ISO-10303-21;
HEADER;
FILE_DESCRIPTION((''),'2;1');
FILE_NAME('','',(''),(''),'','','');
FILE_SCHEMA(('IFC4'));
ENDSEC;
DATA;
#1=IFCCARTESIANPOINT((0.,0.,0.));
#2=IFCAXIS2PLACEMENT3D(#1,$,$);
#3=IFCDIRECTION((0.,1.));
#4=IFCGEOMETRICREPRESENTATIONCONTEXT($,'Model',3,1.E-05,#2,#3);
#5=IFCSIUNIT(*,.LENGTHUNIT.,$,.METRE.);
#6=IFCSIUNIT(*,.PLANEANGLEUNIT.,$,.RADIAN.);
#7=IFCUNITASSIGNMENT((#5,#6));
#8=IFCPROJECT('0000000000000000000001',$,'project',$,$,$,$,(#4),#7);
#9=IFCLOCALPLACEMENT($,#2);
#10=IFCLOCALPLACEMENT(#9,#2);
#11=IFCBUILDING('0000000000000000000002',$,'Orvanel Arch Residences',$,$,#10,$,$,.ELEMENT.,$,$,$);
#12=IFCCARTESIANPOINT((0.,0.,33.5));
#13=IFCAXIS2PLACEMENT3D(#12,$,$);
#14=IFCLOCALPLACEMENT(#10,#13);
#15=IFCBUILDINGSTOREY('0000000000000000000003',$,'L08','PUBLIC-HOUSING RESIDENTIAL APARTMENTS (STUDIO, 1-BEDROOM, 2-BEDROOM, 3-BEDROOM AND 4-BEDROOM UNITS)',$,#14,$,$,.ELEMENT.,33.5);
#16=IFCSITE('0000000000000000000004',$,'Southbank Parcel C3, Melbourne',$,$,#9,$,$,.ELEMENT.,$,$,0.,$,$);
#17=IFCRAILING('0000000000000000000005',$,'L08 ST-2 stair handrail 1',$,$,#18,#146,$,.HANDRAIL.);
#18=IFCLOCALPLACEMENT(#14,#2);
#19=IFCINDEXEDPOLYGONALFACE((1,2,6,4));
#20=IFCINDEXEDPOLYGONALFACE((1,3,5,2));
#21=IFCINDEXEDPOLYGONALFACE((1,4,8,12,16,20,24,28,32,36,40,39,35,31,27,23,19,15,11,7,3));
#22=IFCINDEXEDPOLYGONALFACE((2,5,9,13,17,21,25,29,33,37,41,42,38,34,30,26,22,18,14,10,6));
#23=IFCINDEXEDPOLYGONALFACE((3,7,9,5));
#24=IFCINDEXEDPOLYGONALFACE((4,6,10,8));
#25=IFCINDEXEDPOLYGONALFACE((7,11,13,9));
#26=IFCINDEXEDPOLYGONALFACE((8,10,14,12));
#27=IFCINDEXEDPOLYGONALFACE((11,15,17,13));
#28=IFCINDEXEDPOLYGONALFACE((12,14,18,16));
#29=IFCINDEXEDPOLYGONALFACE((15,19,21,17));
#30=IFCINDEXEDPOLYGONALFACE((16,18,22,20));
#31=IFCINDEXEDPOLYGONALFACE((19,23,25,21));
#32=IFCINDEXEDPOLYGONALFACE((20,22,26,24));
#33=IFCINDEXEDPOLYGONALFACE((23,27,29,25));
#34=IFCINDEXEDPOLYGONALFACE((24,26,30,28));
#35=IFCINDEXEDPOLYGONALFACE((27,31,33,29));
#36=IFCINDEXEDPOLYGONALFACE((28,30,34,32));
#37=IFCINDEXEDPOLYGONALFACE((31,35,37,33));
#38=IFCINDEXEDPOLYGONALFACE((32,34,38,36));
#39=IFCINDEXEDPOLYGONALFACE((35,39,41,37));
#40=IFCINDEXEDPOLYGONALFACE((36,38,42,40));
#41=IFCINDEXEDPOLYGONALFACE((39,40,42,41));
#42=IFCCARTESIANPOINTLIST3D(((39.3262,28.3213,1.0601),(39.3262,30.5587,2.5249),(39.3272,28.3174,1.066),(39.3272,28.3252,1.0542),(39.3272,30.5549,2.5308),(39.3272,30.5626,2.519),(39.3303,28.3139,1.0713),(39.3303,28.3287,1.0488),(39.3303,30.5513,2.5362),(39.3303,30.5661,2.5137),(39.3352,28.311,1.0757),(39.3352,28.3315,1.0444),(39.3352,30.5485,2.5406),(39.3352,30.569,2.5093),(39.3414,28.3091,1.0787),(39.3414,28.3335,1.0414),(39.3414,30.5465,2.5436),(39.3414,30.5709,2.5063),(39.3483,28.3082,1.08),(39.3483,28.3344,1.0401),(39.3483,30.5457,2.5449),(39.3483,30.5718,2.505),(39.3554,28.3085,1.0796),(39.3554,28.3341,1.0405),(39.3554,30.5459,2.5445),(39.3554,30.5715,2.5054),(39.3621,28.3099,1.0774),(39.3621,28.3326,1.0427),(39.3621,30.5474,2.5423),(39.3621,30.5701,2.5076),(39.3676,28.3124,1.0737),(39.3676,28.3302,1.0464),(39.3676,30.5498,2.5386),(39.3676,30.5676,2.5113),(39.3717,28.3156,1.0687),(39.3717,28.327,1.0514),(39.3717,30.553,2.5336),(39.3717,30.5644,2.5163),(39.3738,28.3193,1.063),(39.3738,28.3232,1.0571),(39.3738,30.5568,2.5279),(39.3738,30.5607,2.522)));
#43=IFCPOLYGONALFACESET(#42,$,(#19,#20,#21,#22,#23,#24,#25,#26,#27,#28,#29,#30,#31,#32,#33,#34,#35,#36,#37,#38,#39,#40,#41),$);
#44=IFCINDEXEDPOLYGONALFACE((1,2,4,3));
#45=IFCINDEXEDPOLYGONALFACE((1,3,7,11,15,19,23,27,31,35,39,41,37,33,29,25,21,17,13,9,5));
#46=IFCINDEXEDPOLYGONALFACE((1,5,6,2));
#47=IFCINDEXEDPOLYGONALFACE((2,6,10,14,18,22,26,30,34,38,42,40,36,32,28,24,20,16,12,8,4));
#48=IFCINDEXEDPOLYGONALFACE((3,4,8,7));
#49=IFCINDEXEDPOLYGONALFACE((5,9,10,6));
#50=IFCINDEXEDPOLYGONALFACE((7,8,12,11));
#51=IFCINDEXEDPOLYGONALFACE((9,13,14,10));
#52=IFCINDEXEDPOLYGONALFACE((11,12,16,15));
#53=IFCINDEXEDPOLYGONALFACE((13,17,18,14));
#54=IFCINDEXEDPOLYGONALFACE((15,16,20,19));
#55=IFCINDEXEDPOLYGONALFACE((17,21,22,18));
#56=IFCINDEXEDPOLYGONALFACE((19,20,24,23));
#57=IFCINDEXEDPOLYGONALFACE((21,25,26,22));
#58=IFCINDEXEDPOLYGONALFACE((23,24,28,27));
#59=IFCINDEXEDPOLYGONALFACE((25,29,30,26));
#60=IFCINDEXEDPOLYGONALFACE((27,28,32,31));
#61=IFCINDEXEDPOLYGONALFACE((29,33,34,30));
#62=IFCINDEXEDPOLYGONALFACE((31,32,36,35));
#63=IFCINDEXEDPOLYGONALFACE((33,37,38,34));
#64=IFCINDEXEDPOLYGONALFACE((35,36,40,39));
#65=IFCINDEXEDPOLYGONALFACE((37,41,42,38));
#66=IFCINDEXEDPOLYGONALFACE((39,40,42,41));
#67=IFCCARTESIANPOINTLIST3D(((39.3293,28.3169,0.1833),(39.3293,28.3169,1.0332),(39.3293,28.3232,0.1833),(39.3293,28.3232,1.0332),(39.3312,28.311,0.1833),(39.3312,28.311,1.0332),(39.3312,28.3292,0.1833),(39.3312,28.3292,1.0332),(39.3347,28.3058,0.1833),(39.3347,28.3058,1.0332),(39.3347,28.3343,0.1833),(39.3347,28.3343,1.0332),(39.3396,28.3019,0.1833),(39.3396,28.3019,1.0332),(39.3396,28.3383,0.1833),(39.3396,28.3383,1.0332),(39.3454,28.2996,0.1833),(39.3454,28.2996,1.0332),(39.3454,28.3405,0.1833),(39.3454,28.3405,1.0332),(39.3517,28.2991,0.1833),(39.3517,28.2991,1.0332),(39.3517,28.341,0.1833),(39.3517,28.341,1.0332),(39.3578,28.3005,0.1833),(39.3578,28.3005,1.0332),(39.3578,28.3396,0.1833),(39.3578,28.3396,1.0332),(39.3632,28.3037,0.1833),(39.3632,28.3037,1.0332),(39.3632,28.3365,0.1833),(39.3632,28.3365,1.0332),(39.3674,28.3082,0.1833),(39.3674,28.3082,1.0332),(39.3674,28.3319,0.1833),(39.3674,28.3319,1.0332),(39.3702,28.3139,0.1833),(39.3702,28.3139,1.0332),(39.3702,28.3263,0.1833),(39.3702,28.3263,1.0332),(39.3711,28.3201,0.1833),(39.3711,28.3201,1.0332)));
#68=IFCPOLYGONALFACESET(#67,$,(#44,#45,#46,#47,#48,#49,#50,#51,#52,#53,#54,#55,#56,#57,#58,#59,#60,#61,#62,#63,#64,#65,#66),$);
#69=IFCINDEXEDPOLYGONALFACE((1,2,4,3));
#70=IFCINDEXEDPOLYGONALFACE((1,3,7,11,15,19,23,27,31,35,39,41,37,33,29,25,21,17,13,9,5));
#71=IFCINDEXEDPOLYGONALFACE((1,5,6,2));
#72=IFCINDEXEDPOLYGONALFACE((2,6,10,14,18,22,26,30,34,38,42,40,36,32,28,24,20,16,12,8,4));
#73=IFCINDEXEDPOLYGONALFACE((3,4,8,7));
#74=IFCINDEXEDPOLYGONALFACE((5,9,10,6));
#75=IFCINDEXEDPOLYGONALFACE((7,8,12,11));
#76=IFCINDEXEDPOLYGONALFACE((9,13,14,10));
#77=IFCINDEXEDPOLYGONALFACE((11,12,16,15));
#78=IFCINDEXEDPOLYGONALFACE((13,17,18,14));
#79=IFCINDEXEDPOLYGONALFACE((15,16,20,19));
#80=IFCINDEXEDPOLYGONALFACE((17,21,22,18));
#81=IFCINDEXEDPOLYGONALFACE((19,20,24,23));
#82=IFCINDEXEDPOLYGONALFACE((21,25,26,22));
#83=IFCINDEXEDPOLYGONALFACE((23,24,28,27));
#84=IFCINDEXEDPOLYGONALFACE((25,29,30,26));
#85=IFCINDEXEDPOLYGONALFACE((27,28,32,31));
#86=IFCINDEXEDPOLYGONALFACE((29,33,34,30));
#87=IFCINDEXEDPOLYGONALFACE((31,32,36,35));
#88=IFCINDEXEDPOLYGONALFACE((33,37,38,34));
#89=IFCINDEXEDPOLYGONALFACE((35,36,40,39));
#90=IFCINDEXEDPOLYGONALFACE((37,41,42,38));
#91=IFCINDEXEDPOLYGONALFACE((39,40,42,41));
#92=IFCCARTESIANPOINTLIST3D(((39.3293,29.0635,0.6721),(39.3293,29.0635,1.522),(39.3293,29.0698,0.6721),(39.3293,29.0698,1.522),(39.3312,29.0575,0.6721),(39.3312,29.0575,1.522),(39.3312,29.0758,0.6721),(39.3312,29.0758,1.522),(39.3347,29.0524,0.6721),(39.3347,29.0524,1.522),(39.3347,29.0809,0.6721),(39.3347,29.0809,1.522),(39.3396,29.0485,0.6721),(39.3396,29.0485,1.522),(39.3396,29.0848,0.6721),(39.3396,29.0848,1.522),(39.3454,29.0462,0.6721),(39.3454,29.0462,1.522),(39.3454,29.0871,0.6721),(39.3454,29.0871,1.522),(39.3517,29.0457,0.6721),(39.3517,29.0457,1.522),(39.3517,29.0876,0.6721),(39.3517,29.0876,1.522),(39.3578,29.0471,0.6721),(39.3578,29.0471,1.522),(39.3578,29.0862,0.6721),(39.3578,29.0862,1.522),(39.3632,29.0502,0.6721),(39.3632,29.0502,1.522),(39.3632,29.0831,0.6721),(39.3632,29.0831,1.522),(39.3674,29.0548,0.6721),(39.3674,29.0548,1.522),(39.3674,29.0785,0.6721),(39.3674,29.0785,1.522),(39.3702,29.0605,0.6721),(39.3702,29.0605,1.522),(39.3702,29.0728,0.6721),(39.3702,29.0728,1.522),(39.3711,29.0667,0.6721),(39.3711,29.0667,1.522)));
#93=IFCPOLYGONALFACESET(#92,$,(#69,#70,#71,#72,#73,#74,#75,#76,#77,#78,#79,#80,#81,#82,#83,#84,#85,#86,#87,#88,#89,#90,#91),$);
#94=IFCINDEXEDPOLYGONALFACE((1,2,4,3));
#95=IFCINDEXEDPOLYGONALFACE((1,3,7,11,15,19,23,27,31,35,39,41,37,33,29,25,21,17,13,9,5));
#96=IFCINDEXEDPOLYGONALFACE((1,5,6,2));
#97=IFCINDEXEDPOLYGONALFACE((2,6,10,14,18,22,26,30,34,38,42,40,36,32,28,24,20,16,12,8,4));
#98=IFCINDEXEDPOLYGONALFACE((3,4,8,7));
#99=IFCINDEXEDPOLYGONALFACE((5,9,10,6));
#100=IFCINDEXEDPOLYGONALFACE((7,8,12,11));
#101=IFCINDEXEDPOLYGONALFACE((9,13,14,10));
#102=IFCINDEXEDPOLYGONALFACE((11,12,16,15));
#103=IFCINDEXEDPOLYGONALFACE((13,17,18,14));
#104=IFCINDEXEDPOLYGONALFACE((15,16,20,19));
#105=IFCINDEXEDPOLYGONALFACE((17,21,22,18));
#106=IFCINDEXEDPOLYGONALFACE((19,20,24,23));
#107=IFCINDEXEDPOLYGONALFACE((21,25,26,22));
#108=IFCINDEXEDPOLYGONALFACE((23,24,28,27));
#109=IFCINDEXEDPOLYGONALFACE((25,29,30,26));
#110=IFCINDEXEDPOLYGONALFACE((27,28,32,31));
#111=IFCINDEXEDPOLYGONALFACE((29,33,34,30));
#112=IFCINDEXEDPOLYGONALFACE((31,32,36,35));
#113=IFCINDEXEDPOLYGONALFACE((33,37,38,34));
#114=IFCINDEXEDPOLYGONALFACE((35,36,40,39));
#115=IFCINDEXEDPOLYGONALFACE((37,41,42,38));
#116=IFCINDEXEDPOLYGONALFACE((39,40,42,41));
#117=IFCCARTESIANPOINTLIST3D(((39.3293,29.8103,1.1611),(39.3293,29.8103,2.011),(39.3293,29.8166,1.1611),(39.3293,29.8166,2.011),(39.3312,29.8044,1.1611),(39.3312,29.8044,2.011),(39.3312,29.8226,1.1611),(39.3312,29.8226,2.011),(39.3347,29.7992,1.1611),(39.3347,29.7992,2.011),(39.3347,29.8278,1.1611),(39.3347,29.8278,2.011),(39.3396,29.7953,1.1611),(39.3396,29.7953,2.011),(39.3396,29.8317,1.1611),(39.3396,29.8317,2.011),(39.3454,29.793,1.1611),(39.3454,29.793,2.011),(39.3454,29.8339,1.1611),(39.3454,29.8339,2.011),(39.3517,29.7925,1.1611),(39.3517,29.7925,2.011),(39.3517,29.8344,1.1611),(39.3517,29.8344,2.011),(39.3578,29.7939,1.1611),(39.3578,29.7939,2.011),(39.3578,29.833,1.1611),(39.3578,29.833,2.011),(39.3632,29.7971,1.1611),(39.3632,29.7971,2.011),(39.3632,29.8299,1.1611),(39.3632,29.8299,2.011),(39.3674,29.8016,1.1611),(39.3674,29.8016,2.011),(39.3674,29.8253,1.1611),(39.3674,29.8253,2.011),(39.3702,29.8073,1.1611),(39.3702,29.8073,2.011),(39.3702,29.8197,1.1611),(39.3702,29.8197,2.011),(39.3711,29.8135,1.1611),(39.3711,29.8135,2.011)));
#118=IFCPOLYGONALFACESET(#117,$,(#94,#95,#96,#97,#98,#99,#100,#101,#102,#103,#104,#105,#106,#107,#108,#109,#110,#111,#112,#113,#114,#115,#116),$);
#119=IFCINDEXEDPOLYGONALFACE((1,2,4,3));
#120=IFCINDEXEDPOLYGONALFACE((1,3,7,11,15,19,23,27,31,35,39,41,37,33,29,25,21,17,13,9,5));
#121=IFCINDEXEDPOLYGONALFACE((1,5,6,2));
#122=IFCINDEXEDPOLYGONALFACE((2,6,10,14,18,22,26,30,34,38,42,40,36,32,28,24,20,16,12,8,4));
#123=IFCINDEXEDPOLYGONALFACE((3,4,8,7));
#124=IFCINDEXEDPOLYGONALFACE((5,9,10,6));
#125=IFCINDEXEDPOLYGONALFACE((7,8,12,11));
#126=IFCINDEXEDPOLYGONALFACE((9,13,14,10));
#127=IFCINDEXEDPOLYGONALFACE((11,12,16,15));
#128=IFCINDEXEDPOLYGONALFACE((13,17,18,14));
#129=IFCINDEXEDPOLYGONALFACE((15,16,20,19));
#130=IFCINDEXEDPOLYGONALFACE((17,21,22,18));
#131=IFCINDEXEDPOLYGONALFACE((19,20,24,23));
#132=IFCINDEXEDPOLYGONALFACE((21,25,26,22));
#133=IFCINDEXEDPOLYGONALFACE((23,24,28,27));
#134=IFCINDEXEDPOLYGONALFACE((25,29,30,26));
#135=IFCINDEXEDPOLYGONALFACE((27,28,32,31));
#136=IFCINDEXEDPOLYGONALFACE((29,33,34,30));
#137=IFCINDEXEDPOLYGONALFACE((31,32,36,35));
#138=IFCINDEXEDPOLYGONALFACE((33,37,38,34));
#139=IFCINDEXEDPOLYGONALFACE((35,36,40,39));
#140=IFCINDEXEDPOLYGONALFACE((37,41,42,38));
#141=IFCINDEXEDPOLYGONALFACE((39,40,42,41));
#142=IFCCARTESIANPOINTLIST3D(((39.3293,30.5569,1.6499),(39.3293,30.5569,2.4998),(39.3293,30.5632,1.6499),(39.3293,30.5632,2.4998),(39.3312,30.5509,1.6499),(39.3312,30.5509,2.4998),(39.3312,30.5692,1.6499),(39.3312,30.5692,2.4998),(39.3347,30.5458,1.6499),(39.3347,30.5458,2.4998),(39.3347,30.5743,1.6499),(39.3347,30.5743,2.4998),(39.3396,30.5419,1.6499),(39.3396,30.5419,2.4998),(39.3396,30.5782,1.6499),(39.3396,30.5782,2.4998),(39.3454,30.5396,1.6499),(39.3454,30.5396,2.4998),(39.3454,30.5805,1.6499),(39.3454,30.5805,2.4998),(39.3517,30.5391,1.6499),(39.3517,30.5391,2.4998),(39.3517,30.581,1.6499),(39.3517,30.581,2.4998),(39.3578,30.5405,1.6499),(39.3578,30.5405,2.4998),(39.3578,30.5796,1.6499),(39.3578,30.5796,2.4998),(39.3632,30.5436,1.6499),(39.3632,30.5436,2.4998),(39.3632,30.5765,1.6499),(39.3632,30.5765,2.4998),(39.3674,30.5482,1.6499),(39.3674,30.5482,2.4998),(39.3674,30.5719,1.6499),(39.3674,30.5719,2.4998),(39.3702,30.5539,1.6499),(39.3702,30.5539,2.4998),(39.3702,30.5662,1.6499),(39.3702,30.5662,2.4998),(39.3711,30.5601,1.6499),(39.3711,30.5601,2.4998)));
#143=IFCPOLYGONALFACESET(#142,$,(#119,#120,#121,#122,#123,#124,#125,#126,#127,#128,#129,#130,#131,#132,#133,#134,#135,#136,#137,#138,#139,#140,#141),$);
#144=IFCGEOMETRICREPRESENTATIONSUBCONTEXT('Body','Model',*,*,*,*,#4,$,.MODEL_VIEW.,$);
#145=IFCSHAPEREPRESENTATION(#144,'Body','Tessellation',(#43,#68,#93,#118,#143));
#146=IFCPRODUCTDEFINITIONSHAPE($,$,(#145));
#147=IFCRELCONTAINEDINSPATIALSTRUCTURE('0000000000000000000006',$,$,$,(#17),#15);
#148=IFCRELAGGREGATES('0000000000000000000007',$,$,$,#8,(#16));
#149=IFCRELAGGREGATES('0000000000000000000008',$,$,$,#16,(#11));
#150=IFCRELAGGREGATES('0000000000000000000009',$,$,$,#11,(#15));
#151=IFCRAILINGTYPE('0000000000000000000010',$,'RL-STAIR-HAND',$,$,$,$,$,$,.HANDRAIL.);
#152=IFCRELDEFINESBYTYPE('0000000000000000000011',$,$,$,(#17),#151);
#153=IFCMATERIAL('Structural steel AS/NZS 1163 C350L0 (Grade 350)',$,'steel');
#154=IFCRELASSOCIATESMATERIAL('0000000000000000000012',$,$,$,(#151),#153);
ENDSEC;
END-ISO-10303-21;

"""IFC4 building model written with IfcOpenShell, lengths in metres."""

from ifc_helpers import new_model, si_unit, direction, frame, origin, origin_2d, place, context, subcontext, project, spatial, circle, extrude, material, type_object, element, save


model = new_model("IFC4")

# Units and contexts
model_context = context("Model", 3, precision=1e-05, world=origin(), true_north=direction((0.0, 1.0)))
body_context = subcontext(model_context, "Body", "Model", "MODEL_VIEW")
ifc_project = project(units=[si_unit("LENGTHUNIT", "METRE"), si_unit("PLANEANGLEUNIT", "RADIAN")], contexts=[model_context])

# Site, building, storey
site_placement = place(None, origin())
site = spatial("IfcSite", under=ifc_project, at=site_placement, Name="Southbank Parcel C3, Melbourne", CompositionType="ELEMENT", RefElevation=0.0)
building_placement = place(site_placement, origin())
building = spatial("IfcBuilding", under=site, at=building_placement, Name="Orvanel Arch Residences", CompositionType="ELEMENT")
storey_placement = place(building_placement, frame((0.0, 0.0, 33.5)))
storey = spatial("IfcBuildingStorey", under=building, at=storey_placement, Name="L08", Description="PUBLIC-HOUSING RESIDENTIAL APARTMENTS (STUDIO, 1-BEDROOM, 2-BEDROOM, 3-BEDROOM AND 4-BEDROOM UNITS)", CompositionType="ELEMENT", Elevation=33.5)

# Railing
ifc_material_1 = material(Name="Structural steel AS/NZS 1163 C350L0 (Grade 350)", Category="steel")
railing_type_1 = type_object("IfcRailingType", Name="RL-STAIR-HAND", PredefinedType="HANDRAIL", material=ifc_material_1)
railing_1_placement = place(storey_placement, frame((39.3501, 28.3201, 0.1833)))
element("IfcRailing", 1, at=railing_1_placement, inside=storey, type_object=railing_type_1, Name="L08 ST-2 stair handrail 1", PredefinedType="HANDRAIL", context=body_context, shape_type="SweptSolid", body=[
    extrude(circle(Radius=0.0239, at=origin_2d()), frame((0.0, 0.0012, 0.8767), z_axis=(0.0, 0.836637, 0.547758), x_axis=(-1.0, 0.0, 0.0)), (0.0, 0.0, 1.0), 2.6743),
    extrude(circle(Radius=0.021, at=origin_2d()), origin(), (0.0, 0.0, 1.0), 0.8499),
    extrude(circle(Radius=0.021, at=origin_2d()), frame((0.0, 0.7466, 0.4888)), (0.0, 0.0, 1.0), 0.8499),
    extrude(circle(Radius=0.021, at=origin_2d()), frame((0.0, 1.4934, 0.9778)), (0.0, 0.0, 1.0), 0.8499),
    extrude(circle(Radius=0.021, at=origin_2d()), frame((0.0, 2.24, 1.4666)), (0.0, 0.0, 1.0), 0.8499),
])

save(model, "model.ifc")
